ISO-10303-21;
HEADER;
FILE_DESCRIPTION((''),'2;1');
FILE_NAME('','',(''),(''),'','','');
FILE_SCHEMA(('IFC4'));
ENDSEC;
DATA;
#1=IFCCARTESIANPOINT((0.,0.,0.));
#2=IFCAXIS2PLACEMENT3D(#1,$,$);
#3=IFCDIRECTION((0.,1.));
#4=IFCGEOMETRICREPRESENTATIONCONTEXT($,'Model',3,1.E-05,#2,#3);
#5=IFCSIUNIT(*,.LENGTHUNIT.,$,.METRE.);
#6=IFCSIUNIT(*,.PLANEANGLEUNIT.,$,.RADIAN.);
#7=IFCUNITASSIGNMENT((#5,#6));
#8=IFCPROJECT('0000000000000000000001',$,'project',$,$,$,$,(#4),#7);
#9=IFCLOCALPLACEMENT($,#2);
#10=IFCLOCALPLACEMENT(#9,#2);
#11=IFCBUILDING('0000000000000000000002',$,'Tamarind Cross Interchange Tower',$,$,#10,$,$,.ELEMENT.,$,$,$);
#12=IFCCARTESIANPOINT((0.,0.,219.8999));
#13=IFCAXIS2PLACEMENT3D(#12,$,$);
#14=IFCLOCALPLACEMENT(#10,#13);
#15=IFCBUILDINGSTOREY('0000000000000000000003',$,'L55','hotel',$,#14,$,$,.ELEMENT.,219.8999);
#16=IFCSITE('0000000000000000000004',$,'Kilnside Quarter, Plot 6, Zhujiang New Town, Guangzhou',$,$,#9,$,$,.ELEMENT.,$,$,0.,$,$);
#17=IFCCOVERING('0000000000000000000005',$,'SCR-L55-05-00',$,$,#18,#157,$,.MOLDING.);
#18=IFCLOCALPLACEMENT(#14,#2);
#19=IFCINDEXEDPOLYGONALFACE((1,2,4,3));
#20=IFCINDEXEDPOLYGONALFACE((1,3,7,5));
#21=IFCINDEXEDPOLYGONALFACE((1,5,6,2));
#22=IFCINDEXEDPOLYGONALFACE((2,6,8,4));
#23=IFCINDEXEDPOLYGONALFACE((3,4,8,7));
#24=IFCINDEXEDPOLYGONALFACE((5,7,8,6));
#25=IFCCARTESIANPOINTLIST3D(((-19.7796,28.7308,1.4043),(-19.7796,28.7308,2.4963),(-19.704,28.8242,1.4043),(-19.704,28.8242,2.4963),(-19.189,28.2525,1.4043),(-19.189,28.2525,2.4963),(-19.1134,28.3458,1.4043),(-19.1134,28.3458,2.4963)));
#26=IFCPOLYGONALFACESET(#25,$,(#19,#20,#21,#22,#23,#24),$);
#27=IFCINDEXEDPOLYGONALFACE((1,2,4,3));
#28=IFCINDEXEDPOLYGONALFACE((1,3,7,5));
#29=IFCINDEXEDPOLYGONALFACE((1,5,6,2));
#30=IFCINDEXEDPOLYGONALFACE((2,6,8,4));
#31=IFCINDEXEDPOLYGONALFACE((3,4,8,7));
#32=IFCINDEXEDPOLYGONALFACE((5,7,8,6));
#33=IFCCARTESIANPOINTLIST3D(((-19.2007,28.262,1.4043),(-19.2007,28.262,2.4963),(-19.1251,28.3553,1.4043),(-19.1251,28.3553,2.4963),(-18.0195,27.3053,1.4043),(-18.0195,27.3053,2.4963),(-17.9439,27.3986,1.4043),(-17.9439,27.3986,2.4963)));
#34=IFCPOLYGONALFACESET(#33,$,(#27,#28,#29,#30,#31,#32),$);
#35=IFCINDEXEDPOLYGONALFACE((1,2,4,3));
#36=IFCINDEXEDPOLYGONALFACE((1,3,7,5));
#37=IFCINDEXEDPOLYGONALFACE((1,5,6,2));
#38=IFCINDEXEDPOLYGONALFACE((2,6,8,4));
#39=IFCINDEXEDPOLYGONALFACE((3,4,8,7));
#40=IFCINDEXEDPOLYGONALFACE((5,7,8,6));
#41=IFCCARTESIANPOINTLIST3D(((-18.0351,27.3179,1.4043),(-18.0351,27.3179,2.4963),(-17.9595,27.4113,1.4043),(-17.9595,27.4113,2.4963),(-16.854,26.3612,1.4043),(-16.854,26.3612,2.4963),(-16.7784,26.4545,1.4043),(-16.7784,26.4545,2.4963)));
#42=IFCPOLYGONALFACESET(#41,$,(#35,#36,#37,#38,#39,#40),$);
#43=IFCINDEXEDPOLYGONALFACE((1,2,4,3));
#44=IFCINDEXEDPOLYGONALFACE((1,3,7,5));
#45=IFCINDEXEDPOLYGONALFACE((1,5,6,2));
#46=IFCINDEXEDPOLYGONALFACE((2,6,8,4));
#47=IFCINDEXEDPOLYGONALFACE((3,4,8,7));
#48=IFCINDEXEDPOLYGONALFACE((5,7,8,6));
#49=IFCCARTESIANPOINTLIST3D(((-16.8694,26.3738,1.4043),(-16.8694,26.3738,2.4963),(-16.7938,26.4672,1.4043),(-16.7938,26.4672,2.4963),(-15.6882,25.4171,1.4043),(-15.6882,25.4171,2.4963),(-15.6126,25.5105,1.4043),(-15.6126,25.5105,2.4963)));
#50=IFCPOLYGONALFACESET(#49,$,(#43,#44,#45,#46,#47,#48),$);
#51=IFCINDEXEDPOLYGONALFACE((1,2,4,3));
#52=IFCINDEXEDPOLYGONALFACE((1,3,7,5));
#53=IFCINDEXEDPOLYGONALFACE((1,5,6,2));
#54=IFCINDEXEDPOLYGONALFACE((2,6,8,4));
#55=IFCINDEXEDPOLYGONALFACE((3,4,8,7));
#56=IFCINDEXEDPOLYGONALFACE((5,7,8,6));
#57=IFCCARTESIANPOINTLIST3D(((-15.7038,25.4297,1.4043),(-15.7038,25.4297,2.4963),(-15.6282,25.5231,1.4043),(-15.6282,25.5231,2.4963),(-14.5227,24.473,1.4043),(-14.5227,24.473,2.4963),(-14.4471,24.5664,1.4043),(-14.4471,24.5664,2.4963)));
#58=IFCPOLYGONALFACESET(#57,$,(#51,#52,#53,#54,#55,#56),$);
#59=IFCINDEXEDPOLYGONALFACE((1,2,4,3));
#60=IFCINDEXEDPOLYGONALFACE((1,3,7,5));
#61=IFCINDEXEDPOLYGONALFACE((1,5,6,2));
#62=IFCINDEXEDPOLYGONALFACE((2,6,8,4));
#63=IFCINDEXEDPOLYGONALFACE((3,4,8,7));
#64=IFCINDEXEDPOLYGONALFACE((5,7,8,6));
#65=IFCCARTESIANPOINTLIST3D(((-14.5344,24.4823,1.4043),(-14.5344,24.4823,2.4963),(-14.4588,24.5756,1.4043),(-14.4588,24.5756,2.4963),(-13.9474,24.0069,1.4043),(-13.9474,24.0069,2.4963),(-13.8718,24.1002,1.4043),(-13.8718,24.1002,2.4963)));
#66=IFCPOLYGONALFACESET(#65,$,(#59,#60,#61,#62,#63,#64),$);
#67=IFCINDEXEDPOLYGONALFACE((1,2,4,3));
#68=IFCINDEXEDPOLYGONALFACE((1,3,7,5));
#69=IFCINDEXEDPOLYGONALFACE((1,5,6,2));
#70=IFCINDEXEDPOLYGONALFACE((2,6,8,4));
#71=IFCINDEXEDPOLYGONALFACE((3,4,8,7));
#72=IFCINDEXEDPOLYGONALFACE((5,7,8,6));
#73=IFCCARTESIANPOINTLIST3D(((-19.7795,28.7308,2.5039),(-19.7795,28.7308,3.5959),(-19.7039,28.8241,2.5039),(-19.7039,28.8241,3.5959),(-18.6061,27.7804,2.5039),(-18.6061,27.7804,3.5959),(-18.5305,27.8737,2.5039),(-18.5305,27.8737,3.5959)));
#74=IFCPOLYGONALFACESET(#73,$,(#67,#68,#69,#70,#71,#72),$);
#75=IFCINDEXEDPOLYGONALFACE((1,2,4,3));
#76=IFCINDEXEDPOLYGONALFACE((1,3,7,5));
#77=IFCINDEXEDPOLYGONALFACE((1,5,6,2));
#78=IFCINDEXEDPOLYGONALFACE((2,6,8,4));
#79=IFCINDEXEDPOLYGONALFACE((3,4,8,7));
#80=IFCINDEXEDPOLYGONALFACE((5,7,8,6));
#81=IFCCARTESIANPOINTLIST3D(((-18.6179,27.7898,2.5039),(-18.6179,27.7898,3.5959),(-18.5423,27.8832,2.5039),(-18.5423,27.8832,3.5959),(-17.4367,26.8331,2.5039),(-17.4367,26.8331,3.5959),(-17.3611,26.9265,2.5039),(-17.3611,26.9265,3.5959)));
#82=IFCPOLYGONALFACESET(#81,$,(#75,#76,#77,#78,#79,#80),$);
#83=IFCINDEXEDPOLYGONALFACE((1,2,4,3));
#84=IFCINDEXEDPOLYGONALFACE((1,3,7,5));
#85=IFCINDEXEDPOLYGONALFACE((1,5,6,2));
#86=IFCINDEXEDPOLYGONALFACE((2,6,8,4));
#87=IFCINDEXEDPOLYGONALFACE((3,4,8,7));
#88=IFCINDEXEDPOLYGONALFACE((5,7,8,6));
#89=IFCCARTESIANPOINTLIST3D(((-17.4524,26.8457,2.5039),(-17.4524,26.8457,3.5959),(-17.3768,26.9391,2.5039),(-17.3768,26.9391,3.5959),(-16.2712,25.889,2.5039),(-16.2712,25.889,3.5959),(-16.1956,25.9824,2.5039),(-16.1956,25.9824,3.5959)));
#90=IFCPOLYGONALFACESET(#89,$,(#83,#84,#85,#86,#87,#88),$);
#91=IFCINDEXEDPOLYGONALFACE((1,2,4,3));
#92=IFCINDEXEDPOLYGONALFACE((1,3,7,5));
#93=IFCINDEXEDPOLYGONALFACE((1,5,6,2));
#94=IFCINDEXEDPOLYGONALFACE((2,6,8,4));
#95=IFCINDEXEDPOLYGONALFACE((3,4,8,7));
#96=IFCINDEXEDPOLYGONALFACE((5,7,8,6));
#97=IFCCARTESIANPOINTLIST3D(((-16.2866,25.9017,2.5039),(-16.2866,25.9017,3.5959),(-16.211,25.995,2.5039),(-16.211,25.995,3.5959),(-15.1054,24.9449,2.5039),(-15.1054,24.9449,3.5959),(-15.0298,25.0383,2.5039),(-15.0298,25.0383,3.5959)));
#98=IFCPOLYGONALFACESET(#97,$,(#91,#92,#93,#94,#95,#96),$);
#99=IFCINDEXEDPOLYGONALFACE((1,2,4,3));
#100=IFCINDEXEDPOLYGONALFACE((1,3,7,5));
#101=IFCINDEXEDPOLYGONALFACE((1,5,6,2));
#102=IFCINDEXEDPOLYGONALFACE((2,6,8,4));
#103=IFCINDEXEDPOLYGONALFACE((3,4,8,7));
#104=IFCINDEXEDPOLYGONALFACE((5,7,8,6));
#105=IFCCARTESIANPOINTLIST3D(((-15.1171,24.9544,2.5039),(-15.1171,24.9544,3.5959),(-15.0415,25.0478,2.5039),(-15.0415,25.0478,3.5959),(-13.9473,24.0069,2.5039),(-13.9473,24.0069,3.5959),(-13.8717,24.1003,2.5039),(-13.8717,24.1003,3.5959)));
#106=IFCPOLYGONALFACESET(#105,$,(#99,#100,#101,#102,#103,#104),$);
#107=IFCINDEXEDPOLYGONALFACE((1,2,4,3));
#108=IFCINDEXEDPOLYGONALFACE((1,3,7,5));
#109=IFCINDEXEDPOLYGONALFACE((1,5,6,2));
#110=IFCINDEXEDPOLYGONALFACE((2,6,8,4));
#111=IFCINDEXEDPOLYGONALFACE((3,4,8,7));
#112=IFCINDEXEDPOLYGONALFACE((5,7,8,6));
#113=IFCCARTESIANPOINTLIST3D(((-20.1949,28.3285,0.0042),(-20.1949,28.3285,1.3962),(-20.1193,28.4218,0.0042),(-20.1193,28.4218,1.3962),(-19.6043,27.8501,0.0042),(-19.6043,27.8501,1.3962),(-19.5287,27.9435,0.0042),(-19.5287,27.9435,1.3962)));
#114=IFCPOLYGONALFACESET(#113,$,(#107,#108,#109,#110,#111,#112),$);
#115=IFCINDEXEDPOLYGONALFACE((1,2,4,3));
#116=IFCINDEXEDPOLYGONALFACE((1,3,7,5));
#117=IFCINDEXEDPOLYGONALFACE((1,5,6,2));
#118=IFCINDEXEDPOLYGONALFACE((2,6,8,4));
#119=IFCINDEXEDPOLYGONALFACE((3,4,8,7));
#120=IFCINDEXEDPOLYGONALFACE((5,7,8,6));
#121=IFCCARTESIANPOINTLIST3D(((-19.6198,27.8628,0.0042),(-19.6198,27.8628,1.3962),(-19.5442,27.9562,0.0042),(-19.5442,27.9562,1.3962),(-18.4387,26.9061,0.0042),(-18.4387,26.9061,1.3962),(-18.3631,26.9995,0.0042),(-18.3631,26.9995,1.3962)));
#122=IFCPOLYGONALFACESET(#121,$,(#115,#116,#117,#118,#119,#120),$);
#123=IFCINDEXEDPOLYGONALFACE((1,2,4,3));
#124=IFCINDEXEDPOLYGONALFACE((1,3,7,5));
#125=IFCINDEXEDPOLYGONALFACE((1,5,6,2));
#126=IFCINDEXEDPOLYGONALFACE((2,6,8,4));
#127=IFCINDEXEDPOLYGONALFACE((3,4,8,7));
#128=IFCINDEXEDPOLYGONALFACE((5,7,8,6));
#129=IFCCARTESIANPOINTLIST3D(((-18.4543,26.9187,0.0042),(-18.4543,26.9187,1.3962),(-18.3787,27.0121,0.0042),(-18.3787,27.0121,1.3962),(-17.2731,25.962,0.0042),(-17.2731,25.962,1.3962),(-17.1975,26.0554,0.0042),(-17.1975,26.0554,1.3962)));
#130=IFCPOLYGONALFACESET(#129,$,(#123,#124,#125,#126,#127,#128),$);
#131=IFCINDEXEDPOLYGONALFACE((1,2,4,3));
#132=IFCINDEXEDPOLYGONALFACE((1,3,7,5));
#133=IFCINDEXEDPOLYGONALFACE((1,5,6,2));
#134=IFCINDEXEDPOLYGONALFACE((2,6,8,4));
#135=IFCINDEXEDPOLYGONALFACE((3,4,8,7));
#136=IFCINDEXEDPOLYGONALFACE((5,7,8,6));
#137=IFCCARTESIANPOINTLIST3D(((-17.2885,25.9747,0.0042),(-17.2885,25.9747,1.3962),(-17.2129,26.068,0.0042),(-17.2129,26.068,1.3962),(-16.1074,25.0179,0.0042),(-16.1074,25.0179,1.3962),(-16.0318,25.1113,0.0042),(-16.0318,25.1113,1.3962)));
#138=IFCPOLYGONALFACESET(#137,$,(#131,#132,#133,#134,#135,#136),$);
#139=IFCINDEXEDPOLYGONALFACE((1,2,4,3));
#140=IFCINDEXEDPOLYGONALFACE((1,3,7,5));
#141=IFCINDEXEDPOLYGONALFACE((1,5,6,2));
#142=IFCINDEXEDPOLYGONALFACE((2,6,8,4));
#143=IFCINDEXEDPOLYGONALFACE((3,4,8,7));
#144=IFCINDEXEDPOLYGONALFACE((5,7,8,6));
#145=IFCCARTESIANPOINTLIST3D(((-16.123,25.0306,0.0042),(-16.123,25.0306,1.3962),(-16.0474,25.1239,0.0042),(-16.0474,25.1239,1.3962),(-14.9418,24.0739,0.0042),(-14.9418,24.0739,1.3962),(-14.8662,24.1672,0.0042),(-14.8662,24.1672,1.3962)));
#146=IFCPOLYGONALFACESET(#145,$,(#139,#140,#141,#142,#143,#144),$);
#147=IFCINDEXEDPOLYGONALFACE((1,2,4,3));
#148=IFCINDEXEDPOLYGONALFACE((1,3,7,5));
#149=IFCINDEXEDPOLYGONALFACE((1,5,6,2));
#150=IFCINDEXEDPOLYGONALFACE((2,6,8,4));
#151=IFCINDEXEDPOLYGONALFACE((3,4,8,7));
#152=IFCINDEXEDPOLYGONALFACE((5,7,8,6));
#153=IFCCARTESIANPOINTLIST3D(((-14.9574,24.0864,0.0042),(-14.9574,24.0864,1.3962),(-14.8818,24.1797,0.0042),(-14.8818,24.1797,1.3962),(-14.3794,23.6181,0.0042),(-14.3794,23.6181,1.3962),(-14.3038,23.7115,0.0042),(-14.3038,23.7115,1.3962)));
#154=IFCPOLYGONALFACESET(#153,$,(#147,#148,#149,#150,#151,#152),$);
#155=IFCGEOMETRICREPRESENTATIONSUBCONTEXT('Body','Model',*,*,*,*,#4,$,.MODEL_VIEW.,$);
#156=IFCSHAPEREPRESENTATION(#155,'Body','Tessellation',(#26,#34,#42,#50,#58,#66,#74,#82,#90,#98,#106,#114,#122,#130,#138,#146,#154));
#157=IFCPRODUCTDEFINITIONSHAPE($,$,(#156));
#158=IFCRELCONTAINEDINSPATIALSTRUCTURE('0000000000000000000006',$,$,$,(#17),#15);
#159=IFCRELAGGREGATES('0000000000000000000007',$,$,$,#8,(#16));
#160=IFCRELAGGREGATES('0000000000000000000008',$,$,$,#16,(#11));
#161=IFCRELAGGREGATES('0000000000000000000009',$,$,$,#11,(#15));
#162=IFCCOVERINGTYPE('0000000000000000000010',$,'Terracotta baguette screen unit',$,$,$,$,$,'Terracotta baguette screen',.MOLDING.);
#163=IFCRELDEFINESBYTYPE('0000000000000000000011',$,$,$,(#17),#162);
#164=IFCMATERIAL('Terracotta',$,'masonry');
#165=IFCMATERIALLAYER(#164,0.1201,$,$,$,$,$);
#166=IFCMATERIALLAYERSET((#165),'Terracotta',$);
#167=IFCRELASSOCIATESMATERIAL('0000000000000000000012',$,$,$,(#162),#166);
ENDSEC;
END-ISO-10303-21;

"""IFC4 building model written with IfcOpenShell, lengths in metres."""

from ifc_helpers import new_model, si_unit, direction, frame, origin, origin_2d, place, context, subcontext, project, spatial, rectangle, extrude, material, layer, layer_set, type_object, element, save


model = new_model("IFC4")

# Units and contexts
model_context = context("Model", 3, precision=1e-05, world=origin(), true_north=direction((0.0, 1.0)))
body_context = subcontext(model_context, "Body", "Model", "MODEL_VIEW")
ifc_project = project(units=[si_unit("LENGTHUNIT", "METRE"), si_unit("PLANEANGLEUNIT", "RADIAN")], contexts=[model_context])

# Site, building, storey
site_placement = place(None, origin())
site = spatial("IfcSite", under=ifc_project, at=site_placement, Name="Kilnside Quarter, Plot 6, Zhujiang New Town, Guangzhou", CompositionType="ELEMENT", RefElevation=0.0)
building_placement = place(site_placement, origin())
building = spatial("IfcBuilding", under=site, at=building_placement, Name="Tamarind Cross Interchange Tower", CompositionType="ELEMENT")
storey_placement = place(building_placement, frame((0.0, 0.0, 219.8999)))
storey = spatial("IfcBuildingStorey", under=building, at=storey_placement, Name="L55", Description="hotel", CompositionType="ELEMENT", Elevation=219.8999)

# Covering
ifc_material_1 = material(Name="Terracotta", Category="masonry")
ifc_layer_1 = layer(ifc_material_1, 0.1201)
ifc_layer_set_1 = layer_set([ifc_layer_1], Name="Terracotta")
covering_type = type_object("IfcCoveringType", Name="Terracotta baguette screen unit", ElementType="Terracotta baguette screen", PredefinedType="MOLDING", material=ifc_layer_set_1)
covering_1_placement = place(storey_placement, origin())
element("IfcCovering", 1, at=covering_1_placement, inside=storey, type_object=covering_type, Name="SCR-L55-05-00", PredefinedType="MOLDING", context=body_context, shape_type="SweptSolid", body=[
    extrude(rectangle(XDim=0.76, YDim=0.1201, at=origin_2d()), frame((-19.4465, 28.5383, 1.4043), z_axis=(0.0, 0.0, 1.0), x_axis=(0.777077, -0.629406, 0.0)), (0.0, 0.0, 1.0), 1.092),
    extrude(rectangle(XDim=1.52, YDim=0.1201, at=origin_2d()), frame((-18.5723, 27.8303, 1.4043), z_axis=(0.0, 0.0, 1.0), x_axis=(0.777077, -0.629406, 0.0)), (0.0, 0.0, 1.0), 1.092),
    extrude(rectangle(XDim=1.52, YDim=0.1201, at=origin_2d()), frame((-17.4067, 26.8862, 1.4043), z_axis=(0.0, 0.0, 1.0), x_axis=(0.777077, -0.629406, 0.0)), (0.0, 0.0, 1.0), 1.092),
    extrude(rectangle(XDim=1.52, YDim=0.1201, at=origin_2d()), frame((-16.241, 25.9421, 1.4043), z_axis=(0.0, 0.0, 1.0), x_axis=(0.777077, -0.629406, 0.0)), (0.0, 0.0, 1.0), 1.092),
    extrude(rectangle(XDim=1.52, YDim=0.1201, at=origin_2d()), frame((-15.0754, 24.998, 1.4043), z_axis=(0.0, 0.0, 1.0), x_axis=(0.777077, -0.629406, 0.0)), (0.0, 0.0, 1.0), 1.092),
    extrude(rectangle(XDim=0.7554, YDim=0.1201, at=origin_2d()), frame((-14.2031, 24.2913, 1.4043), z_axis=(0.0, 0.0, 1.0), x_axis=(0.777077, -0.629406, 0.0)), (0.0, 0.0, 1.0), 1.092),
    extrude(rectangle(XDim=1.51, YDim=0.1201, at=origin_2d()), frame((-19.155, 28.3022, 2.5039), z_axis=(0.0, 0.0, 1.0), x_axis=(0.777077, -0.629406, 0.0)), (0.0, 0.0, 1.0), 1.092),
    extrude(rectangle(XDim=1.52, YDim=0.1201, at=origin_2d()), frame((-17.9895, 27.3582, 2.5039), z_axis=(0.0, 0.0, 1.0), x_axis=(0.777077, -0.629406, 0.0)), (0.0, 0.0, 1.0), 1.092),
    extrude(rectangle(XDim=1.52, YDim=0.1201, at=origin_2d()), frame((-16.824, 26.4141, 2.5039), z_axis=(0.0, 0.0, 1.0), x_axis=(0.777077, -0.629406, 0.0)), (0.0, 0.0, 1.0), 1.092),
    extrude(rectangle(XDim=1.52, YDim=0.1201, at=origin_2d()), frame((-15.6582, 25.47, 2.5039), z_axis=(0.0, 0.0, 1.0), x_axis=(0.777077, -0.629406, 0.0)), (0.0, 0.0, 1.0), 1.092),
    extrude(rectangle(XDim=1.5054, YDim=0.1201, at=origin_2d()), frame((-14.4944, 24.5273, 2.5039), z_axis=(0.0, 0.0, 1.0), x_axis=(0.777077, -0.629406, 0.0)), (0.0, 0.0, 1.0), 1.092),
    extrude(rectangle(XDim=0.76, YDim=0.1201, at=origin_2d()), frame((-19.8618, 28.136, 0.0042), z_axis=(0.0, 0.0, 1.0), x_axis=(0.777077, -0.629406, 0.0)), (0.0, 0.0, 1.0), 1.3921),
    extrude(rectangle(XDim=1.52, YDim=0.1201, at=origin_2d()), frame((-18.9915, 27.4312, 0.0042), z_axis=(0.0, 0.0, 1.0), x_axis=(0.777077, -0.629406, 0.0)), (0.0, 0.0, 1.0), 1.3921),
    extrude(rectangle(XDim=1.52, YDim=0.1201, at=origin_2d()), frame((-17.8259, 26.4871, 0.0042), z_axis=(0.0, 0.0, 1.0), x_axis=(0.777077, -0.629406, 0.0)), (0.0, 0.0, 1.0), 1.3921),
    extrude(rectangle(XDim=1.52, YDim=0.1201, at=origin_2d()), frame((-16.6602, 25.543, 0.0042), z_axis=(0.0, 0.0, 1.0), x_axis=(0.777077, -0.629406, 0.0)), (0.0, 0.0, 1.0), 1.3921),
    extrude(rectangle(XDim=1.52, YDim=0.1201, at=origin_2d()), frame((-15.4946, 24.5989, 0.0042), z_axis=(0.0, 0.0, 1.0), x_axis=(0.777077, -0.629406, 0.0)), (0.0, 0.0, 1.0), 1.3921),
    extrude(rectangle(XDim=0.7439, YDim=0.1201, at=origin_2d()), frame((-14.6306, 23.8989, 0.0042), z_axis=(0.0, 0.0, 1.0), x_axis=(0.777077, -0.629406, 0.0)), (0.0, 0.0, 1.0), 1.3921),
])

save(model, "model.ifc")
